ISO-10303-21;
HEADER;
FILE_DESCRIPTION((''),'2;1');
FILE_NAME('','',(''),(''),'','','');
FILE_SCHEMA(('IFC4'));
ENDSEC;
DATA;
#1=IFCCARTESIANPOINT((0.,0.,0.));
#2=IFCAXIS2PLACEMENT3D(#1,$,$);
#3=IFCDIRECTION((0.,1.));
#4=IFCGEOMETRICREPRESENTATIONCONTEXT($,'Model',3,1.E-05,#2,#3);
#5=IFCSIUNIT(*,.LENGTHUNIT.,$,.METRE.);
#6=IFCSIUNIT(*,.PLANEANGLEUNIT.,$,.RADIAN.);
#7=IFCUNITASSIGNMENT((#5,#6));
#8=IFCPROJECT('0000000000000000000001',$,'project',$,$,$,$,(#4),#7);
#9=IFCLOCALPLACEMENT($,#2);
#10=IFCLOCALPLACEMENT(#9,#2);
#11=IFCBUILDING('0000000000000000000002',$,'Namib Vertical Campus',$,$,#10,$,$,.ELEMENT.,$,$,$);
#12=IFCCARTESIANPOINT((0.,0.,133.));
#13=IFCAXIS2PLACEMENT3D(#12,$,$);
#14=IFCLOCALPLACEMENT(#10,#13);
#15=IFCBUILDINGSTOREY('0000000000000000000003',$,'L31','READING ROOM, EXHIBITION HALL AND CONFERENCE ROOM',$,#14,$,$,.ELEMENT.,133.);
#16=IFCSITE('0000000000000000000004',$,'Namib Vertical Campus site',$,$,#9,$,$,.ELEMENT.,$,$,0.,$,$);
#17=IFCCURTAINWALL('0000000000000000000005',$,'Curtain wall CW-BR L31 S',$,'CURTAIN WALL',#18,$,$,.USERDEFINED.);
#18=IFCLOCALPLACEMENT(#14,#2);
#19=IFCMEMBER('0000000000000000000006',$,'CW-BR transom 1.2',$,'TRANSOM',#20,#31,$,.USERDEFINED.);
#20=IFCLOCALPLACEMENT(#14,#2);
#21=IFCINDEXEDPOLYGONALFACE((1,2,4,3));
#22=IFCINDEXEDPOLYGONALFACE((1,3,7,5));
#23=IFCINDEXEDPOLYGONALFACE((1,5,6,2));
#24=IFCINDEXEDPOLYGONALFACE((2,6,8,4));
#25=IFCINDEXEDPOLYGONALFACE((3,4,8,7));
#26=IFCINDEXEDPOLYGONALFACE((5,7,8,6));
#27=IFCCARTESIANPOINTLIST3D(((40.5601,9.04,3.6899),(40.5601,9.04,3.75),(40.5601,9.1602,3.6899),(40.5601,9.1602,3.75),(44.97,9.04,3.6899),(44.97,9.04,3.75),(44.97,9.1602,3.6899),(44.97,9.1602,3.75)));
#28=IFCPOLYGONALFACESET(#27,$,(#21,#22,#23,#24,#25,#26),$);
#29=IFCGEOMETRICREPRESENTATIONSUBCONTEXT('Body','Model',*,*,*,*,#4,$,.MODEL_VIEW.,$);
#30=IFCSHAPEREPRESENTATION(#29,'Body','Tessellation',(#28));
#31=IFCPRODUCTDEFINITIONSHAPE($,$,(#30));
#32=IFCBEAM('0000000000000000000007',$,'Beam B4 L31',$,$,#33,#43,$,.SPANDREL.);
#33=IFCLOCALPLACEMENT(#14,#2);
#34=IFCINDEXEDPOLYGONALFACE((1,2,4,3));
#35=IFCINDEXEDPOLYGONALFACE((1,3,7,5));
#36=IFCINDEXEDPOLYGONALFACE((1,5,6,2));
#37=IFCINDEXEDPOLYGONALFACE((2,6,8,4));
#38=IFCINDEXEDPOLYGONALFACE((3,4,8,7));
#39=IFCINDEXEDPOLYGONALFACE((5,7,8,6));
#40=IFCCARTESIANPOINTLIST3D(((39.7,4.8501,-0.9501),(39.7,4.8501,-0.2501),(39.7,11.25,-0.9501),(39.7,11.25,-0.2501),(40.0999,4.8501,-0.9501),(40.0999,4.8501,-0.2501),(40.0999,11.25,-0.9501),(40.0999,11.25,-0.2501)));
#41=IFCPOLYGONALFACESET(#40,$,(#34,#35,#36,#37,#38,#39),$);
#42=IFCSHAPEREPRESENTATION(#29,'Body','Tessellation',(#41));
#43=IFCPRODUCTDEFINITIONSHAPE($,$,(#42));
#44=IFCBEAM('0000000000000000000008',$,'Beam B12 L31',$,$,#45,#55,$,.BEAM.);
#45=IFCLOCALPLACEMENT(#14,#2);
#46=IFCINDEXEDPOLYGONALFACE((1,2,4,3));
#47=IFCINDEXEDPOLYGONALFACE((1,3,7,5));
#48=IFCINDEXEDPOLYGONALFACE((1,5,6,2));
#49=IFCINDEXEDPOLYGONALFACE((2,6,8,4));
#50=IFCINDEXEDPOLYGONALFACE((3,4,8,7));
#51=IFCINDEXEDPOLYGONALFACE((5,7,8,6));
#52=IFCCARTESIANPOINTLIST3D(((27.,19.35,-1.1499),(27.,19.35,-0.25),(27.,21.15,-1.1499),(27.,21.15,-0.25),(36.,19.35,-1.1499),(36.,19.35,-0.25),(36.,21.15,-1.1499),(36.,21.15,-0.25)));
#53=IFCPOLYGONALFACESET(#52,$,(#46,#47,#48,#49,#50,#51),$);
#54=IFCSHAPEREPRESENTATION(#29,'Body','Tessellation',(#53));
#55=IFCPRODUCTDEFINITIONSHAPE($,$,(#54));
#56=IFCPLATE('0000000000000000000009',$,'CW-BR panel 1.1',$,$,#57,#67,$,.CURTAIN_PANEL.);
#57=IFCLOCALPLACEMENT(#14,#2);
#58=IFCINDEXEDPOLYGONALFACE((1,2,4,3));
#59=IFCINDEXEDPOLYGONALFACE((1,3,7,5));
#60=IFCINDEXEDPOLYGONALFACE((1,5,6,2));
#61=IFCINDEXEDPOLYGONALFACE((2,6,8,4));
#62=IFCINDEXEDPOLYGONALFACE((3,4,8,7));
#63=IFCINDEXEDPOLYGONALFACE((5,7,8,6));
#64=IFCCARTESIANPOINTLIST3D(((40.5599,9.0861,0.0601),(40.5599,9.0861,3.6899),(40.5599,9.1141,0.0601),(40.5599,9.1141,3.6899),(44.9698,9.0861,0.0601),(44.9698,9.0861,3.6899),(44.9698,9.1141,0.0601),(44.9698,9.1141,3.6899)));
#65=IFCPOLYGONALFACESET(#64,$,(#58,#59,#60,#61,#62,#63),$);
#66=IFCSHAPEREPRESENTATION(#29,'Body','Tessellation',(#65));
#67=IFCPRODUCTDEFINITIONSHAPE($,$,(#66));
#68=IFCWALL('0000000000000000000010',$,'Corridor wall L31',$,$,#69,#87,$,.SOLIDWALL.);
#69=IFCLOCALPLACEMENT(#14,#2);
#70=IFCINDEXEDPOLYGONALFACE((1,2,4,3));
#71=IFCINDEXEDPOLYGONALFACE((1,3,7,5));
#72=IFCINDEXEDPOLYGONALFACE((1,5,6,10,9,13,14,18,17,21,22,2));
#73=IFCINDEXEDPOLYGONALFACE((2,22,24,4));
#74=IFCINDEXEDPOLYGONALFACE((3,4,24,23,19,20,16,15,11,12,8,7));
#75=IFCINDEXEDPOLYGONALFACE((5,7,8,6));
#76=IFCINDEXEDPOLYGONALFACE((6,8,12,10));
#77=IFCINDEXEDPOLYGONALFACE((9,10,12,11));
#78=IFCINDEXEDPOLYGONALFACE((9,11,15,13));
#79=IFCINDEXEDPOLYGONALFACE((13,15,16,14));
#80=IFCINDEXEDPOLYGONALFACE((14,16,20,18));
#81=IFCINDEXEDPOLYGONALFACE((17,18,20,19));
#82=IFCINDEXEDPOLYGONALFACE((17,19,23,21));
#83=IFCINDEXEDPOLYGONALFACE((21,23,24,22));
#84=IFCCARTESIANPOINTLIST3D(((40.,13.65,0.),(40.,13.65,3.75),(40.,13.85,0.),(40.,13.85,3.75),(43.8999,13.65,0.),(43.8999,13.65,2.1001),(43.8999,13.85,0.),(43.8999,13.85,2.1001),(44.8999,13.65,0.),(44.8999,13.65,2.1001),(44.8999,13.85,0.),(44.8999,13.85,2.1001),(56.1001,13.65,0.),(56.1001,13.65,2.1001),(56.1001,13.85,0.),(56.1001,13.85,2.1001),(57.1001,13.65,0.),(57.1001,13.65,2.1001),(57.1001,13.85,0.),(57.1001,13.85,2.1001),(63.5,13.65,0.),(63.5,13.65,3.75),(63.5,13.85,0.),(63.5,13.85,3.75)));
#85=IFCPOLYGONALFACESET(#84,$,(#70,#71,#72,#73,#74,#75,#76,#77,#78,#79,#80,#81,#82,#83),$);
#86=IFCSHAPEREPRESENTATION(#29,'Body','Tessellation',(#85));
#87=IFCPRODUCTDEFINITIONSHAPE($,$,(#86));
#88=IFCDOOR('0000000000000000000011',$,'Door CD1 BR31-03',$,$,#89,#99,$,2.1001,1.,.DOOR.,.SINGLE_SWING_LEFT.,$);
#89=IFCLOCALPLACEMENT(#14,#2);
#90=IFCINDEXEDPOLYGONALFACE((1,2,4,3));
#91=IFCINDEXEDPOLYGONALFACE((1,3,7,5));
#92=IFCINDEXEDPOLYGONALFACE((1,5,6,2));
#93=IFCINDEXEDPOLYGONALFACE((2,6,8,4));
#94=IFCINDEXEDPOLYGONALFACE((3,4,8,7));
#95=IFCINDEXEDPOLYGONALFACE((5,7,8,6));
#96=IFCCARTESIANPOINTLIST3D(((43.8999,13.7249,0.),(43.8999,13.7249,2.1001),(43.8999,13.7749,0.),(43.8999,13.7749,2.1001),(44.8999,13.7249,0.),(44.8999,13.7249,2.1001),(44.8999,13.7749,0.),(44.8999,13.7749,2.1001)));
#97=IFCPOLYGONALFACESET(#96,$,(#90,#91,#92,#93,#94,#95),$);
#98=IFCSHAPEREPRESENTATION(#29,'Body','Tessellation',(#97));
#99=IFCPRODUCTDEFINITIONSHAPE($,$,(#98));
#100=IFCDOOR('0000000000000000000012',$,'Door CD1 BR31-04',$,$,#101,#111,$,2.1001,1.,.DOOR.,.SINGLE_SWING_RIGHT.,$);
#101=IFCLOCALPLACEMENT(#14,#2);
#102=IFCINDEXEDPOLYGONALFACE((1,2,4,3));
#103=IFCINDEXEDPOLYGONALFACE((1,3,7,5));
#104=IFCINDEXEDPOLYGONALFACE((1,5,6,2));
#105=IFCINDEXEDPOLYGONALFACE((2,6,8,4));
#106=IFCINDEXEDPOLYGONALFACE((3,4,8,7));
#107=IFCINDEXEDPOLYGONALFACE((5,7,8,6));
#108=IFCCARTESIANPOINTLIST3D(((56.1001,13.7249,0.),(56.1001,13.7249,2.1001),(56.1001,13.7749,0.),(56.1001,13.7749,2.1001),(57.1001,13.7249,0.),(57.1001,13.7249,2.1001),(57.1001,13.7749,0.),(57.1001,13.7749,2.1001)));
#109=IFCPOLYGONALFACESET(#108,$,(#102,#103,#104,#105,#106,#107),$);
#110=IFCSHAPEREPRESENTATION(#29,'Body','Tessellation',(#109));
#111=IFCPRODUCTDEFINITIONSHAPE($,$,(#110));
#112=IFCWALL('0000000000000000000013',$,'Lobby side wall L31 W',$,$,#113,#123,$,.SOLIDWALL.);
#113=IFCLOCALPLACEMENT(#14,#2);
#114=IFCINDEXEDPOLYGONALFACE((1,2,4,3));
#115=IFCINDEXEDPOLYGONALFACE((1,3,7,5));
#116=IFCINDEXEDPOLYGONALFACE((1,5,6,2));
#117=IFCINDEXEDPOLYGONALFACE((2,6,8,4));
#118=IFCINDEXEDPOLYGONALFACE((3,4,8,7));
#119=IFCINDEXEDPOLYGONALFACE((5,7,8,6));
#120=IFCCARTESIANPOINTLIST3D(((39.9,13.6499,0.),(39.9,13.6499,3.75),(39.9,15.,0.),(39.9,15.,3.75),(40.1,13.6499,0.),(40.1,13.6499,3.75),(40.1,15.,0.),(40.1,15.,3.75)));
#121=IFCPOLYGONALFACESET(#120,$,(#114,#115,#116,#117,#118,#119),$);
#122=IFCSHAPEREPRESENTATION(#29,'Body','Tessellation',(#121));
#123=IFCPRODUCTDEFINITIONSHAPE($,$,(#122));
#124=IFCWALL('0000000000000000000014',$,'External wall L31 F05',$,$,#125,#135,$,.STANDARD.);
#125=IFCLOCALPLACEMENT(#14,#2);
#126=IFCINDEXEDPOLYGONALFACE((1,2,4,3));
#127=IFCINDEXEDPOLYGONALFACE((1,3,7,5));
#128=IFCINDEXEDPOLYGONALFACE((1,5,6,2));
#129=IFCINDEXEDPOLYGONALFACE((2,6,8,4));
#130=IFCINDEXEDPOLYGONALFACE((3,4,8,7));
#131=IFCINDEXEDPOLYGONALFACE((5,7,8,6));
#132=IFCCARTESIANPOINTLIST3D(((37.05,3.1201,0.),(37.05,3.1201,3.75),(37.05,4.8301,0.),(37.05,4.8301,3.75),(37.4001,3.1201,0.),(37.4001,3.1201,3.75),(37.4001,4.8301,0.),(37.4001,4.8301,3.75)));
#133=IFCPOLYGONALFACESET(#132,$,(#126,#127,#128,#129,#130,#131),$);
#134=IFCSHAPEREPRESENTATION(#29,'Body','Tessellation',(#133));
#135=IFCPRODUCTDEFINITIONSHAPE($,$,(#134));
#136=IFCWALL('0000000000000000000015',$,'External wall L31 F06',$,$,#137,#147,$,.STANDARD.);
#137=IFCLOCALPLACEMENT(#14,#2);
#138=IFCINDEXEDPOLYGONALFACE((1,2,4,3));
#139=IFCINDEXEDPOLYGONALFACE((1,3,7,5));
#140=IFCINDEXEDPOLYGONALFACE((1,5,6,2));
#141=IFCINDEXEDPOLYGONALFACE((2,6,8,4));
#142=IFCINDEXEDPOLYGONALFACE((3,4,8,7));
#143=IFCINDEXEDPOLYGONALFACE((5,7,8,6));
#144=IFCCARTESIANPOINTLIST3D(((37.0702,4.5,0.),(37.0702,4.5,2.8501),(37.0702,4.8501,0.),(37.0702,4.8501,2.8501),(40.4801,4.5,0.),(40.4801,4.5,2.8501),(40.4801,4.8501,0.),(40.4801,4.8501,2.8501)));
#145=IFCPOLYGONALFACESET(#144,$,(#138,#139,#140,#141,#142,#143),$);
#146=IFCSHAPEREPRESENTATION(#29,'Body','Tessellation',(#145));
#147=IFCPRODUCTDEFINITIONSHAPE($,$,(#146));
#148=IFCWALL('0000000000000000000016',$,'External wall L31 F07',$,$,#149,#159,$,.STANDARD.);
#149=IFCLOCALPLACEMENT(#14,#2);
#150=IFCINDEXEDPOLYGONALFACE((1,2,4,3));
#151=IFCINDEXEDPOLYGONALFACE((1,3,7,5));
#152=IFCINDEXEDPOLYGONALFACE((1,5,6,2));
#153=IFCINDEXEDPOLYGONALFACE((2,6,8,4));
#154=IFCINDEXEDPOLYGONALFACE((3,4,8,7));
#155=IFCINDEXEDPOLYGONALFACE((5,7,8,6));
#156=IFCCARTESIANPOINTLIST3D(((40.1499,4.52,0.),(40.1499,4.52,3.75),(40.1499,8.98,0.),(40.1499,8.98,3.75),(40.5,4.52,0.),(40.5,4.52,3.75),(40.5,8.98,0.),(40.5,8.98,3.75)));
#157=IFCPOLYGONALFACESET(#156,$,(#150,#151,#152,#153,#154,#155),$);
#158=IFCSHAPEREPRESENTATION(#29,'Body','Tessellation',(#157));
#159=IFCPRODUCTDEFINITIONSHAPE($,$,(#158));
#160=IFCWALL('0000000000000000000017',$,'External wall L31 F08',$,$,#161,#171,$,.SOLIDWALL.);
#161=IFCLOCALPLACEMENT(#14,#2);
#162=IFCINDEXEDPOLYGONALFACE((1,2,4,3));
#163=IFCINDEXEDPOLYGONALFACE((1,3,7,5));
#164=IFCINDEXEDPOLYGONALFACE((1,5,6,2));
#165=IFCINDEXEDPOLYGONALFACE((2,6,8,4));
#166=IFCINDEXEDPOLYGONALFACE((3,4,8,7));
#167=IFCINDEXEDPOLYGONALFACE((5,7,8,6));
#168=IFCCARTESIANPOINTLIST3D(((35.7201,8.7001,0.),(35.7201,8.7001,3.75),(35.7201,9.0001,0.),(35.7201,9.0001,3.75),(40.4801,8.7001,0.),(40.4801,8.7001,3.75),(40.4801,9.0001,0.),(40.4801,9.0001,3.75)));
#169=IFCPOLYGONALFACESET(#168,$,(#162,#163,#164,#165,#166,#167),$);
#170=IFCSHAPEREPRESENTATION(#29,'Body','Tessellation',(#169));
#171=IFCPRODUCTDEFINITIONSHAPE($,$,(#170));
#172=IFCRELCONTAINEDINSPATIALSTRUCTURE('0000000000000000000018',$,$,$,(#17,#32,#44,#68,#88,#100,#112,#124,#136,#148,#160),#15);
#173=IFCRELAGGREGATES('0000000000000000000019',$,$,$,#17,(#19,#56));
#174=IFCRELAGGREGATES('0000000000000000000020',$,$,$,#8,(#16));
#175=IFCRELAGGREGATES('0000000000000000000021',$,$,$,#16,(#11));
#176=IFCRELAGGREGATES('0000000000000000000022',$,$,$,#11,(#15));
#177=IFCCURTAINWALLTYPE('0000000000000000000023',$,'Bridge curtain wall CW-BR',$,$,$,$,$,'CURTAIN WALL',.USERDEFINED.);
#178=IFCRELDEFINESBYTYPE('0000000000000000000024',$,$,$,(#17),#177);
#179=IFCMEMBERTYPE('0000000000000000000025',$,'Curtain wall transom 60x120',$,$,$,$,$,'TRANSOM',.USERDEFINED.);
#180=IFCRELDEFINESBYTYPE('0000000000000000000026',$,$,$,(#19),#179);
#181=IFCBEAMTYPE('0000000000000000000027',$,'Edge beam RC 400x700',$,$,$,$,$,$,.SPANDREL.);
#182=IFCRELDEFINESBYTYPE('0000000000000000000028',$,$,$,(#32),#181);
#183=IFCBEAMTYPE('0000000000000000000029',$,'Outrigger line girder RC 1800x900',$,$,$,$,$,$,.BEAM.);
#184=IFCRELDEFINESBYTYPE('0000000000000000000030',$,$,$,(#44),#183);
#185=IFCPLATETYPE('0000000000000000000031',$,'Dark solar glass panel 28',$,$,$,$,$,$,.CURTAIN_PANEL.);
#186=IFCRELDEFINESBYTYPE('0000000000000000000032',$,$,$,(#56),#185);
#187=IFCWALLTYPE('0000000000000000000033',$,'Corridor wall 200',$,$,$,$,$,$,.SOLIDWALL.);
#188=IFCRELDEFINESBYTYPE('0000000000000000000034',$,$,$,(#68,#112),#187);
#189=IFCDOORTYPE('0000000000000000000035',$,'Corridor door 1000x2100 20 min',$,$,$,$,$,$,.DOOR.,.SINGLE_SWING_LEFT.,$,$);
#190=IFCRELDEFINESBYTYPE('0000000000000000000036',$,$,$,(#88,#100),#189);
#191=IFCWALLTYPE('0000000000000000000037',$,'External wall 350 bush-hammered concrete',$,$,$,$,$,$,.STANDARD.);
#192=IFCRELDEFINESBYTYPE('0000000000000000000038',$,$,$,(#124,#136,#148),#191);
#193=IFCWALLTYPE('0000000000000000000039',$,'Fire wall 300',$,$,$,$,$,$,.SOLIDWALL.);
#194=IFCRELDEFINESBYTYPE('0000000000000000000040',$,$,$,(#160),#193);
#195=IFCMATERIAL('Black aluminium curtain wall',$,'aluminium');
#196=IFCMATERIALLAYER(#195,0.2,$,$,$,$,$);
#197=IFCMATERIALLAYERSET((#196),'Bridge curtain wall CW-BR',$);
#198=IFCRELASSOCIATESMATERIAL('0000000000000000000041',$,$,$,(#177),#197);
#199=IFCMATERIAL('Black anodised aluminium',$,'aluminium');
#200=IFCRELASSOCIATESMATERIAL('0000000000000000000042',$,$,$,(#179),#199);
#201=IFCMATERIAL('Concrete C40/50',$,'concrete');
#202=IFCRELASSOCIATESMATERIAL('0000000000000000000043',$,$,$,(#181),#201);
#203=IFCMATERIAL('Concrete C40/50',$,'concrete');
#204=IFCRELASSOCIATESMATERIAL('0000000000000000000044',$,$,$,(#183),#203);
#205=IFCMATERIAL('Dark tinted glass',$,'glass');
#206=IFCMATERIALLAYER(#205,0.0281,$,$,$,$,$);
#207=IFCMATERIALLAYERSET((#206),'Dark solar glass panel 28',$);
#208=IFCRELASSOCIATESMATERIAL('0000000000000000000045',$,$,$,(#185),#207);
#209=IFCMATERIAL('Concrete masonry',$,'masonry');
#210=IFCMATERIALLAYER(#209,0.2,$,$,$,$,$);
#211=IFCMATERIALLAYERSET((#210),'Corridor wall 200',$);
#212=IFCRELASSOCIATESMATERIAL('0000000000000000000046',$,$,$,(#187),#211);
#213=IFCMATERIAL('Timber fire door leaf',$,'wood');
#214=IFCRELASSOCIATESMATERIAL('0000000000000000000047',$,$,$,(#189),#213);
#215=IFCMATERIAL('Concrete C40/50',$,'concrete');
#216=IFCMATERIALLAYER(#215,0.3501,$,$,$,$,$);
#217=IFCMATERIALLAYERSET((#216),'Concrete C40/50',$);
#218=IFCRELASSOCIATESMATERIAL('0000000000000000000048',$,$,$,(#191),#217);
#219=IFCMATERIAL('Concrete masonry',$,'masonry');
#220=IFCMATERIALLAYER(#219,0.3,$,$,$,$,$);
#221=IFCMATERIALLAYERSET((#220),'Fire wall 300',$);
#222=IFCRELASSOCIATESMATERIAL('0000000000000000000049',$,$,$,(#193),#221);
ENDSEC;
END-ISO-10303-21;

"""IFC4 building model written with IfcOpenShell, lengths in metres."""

from ifc_helpers import new_model, si_unit, direction, frame, frame_2d, origin, origin_2d, place, context, subcontext, project, spatial, rectangle, extrude, material, layer, layer_set, material_profile, profile_set, type_object, element, fill, aggregate, save


model = new_model("IFC4")

# Units and contexts
model_context = context("Model", 3, precision=1e-05, world=origin(), true_north=direction((0.0, 1.0)))
body_context = subcontext(model_context, "Body", "Model", "MODEL_VIEW")
ifc_project = project(units=[si_unit("LENGTHUNIT", "METRE"), si_unit("PLANEANGLEUNIT", "RADIAN")], contexts=[model_context])

# Site, building, storey
site_placement = place(None, origin())
site = spatial("IfcSite", under=ifc_project, at=site_placement, Name="Namib Vertical Campus site", CompositionType="ELEMENT", RefElevation=0.0)
building_placement = place(site_placement, origin())
building = spatial("IfcBuilding", under=site, at=building_placement, Name="Namib Vertical Campus", CompositionType="ELEMENT")
storey_placement = place(building_placement, frame((0.0, 0.0, 133.0)))
storey = spatial("IfcBuildingStorey", under=building, at=storey_placement, Name="L31", Description="READING ROOM, EXHIBITION HALL AND CONFERENCE ROOM", CompositionType="ELEMENT", Elevation=133.0)

# Curtain wall, member
ifc_material_1 = material(Name="Black aluminium curtain wall", Category="aluminium")
ifc_layer_1 = layer(ifc_material_1, 0.2)
ifc_layer_set_1 = layer_set([ifc_layer_1], Name="Bridge curtain wall CW-BR")
curtain_wall_type = type_object("IfcCurtainWallType", Name="Bridge curtain wall CW-BR", ElementType="CURTAIN WALL", PredefinedType="USERDEFINED", material=ifc_layer_set_1)
curtain_wall_placement = place(storey_placement, origin())
curtain_wall = element("IfcCurtainWall", 1, at=curtain_wall_placement, inside=storey, type_object=curtain_wall_type, Name="Curtain wall CW-BR L31 S", ObjectType="CURTAIN WALL", PredefinedType="USERDEFINED")
ifc_material_2 = material(Name="Black anodised aluminium", Category="aluminium")
ifc_material_profile_1 = material_profile(ifc_material_2, rectangle(XDim=0.0601, YDim=0.1201, at=origin_2d()))
ifc_profile_set_1 = profile_set([ifc_material_profile_1], Name="Black anodised aluminium")
member_type_1 = type_object("IfcMemberType", Name="Curtain wall transom 60x120", ElementType="TRANSOM", PredefinedType="USERDEFINED", material=ifc_profile_set_1)
member_1_placement = place(storey_placement, frame((40.5601, 9.1001, 3.72), z_axis=(1.0, 0.0, 0.0), x_axis=(0.0, 0.0, 1.0)))
member_1 = element("IfcMember", 2, at=member_1_placement, type_object=member_type_1, Name="CW-BR transom 1.2", ObjectType="TRANSOM", PredefinedType="USERDEFINED", context=body_context, shape_type="SweptSolid", body=[
    extrude(rectangle(XDim=0.0601, YDim=0.1201, at=origin_2d()), origin(), (0.0, 0.0, 1.0), 4.4099),
])

# Beams
ifc_material_3 = material(Name="Concrete C40/50", Category="concrete")
ifc_material_profile_2 = material_profile(ifc_material_3, rectangle(XDim=0.3999, YDim=0.7, at=origin_2d()))
ifc_profile_set_2 = profile_set([ifc_material_profile_2], Name="Concrete C40/50")
beam_type_1 = type_object("IfcBeamType", Name="Edge beam RC 400x700", PredefinedType="SPANDREL", material=ifc_profile_set_2)
beam_1_placement = place(storey_placement, frame((39.8999, 4.8501, -0.6001), z_axis=(0.0, 1.0, 0.0), x_axis=(-1.0, 0.0, 0.0)))
element("IfcBeam", 3, at=beam_1_placement, inside=storey, type_object=beam_type_1, Name="Beam B4 L31", PredefinedType="SPANDREL", context=body_context, shape_type="SweptSolid", body=[
    extrude(rectangle(XDim=0.3999, YDim=0.7, at=origin_2d()), origin(), (0.0, 0.0, 1.0), 6.3999),
])
ifc_material_4 = material(Name="Concrete C40/50", Category="concrete")
ifc_material_profile_3 = material_profile(ifc_material_4, rectangle(XDim=1.8, YDim=0.8999, at=origin_2d()))
ifc_profile_set_3 = profile_set([ifc_material_profile_3], Name="Concrete C40/50")
beam_type_2 = type_object("IfcBeamType", Name="Outrigger line girder RC 1800x900", PredefinedType="BEAM", material=ifc_profile_set_3)
beam_2_placement = place(storey_placement, frame((36.0, 20.25, -0.7), z_axis=(-1.0, 0.0, 0.0), x_axis=(0.0, -1.0, 0.0)))
element("IfcBeam", 4, at=beam_2_placement, inside=storey, type_object=beam_type_2, Name="Beam B12 L31", PredefinedType="BEAM", context=body_context, shape_type="SweptSolid", body=[
    extrude(rectangle(XDim=1.8, YDim=0.8999, at=origin_2d()), origin(), (0.0, 0.0, 1.0), 9.0),
])

# Plate
ifc_material_5 = material(Name="Dark tinted glass", Category="glass")
ifc_layer_2 = layer(ifc_material_5, 0.0281)
ifc_layer_set_2 = layer_set([ifc_layer_2], Name="Dark solar glass panel 28")
plate_type = type_object("IfcPlateType", Name="Dark solar glass panel 28", PredefinedType="CURTAIN_PANEL", material=ifc_layer_set_2)
plate_placement = place(storey_placement, frame((42.7649, 9.1001, 0.0601), z_axis=(0.0, 0.0, 1.0), x_axis=(1.0, 0.0, 0.0)))
plate = element("IfcPlate", 5, at=plate_placement, type_object=plate_type, Name="CW-BR panel 1.1", PredefinedType="CURTAIN_PANEL", context=body_context, shape_type="SweptSolid", body=[
    extrude(rectangle(XDim=4.4099, YDim=0.0281, at=origin_2d()), origin(), (0.0, 0.0, 1.0), 3.6299),
])
aggregate(curtain_wall, [member_1, plate])

# Wall, openings, doors
ifc_material_6 = material(Name="Concrete masonry", Category="masonry")
ifc_layer_3 = layer(ifc_material_6, 0.2)
ifc_layer_set_3 = layer_set([ifc_layer_3], Name="Corridor wall 200")
wall_type_1 = type_object("IfcWallType", Name="Corridor wall 200", PredefinedType="SOLIDWALL", material=ifc_layer_set_3)
wall_1_placement = place(storey_placement, frame((40.0, 13.75, 0.0), z_axis=(0.0, 0.0, 1.0), x_axis=(1.0, 0.0, 0.0)))
wall_1 = element("IfcWall", 6, at=wall_1_placement, inside=storey, type_object=wall_type_1, Name="Corridor wall L31", PredefinedType="SOLIDWALL", context=body_context, shape_type="SweptSolid", body=[
    extrude(rectangle(XDim=23.5, YDim=0.2, at=frame_2d((11.75, 0.0))), origin(), (0.0, 0.0, 1.0), 3.75),
])
opening_1_placement = place(wall_1_placement, frame((3.8999, 0.0, 0.0)))
opening_1 = element("IfcOpeningElement", 7, at=opening_1_placement, cuts=wall_1, PredefinedType="OPENING", context=body_context, shape_type="SweptSolid", body=[
    extrude(rectangle(XDim=1.0, YDim=2.1001, at=frame_2d((0.5, 1.05))), frame((0.0, 0.1099, 0.0), z_axis=(0.0, -1.0, 0.0), x_axis=(1.0, 0.0, 0.0)), (0.0, 0.0, 1.0), 0.22),
])
opening_2_placement = place(wall_1_placement, frame((16.1001, 0.0, 0.0)))
opening_2 = element("IfcOpeningElement", 8, at=opening_2_placement, cuts=wall_1, PredefinedType="OPENING", context=body_context, shape_type="SweptSolid", body=[
    extrude(rectangle(XDim=1.0, YDim=2.1001, at=frame_2d((0.5, 1.05))), frame((0.0, 0.1099, 0.0), z_axis=(0.0, -1.0, 0.0), x_axis=(1.0, 0.0, 0.0)), (0.0, 0.0, 1.0), 0.22),
])
ifc_material_7 = material(Name="Timber fire door leaf", Category="wood")
door_type = type_object("IfcDoorType", Name="Corridor door 1000x2100 20 min", OperationType="SINGLE_SWING_LEFT", PredefinedType="DOOR", material=ifc_material_7)
door_1_placement = place(opening_1_placement, origin())
door_1 = element("IfcDoor", 9, at=door_1_placement, inside=storey, type_object=door_type, Name="Door CD1 BR31-03", OperationType="SINGLE_SWING_LEFT", OverallHeight=2.1001, OverallWidth=1.0, PredefinedType="DOOR", context=body_context, shape_type="SweptSolid", body=[
    extrude(rectangle(XDim=1.0, YDim=2.1001, at=frame_2d((0.5, 1.05))), frame((0.0, 0.0249, 0.0), z_axis=(0.0, -1.0, 0.0), x_axis=(1.0, 0.0, 0.0)), (0.0, 0.0, 1.0), 0.05),
])
fill(opening_1, door_1)
door_2_placement = place(opening_2_placement, origin())
door_2 = element("IfcDoor", 10, at=door_2_placement, inside=storey, type_object=door_type, Name="Door CD1 BR31-04", OperationType="SINGLE_SWING_RIGHT", OverallHeight=2.1001, OverallWidth=1.0, PredefinedType="DOOR", context=body_context, shape_type="SweptSolid", body=[
    extrude(rectangle(XDim=1.0, YDim=2.1001, at=frame_2d((0.5, 1.05))), frame((0.0, 0.0249, 0.0), z_axis=(0.0, -1.0, 0.0), x_axis=(1.0, 0.0, 0.0)), (0.0, 0.0, 1.0), 0.05),
])
fill(opening_2, door_2)

# Walls
wall_2_placement = place(storey_placement, frame((40.0, 13.6499, 0.0), z_axis=(0.0, 0.0, 1.0), x_axis=(0.0, 1.0, 0.0)))
element("IfcWall", 11, at=wall_2_placement, inside=storey, type_object=wall_type_1, Name="Lobby side wall L31 W", PredefinedType="SOLIDWALL", context=body_context, shape_type="SweptSolid", body=[
    extrude(rectangle(XDim=1.3501, YDim=0.2, at=frame_2d((0.675, 0.0))), origin(), (0.0, 0.0, 1.0), 3.75),
])
ifc_material_8 = material(Name="Concrete C40/50", Category="concrete")
ifc_layer_4 = layer(ifc_material_8, 0.3501)
ifc_layer_set_4 = layer_set([ifc_layer_4], Name="Concrete C40/50")
wall_type_2 = type_object("IfcWallType", Name="External wall 350 bush-hammered concrete", PredefinedType="STANDARD", material=ifc_layer_set_4)
wall_3_placement = place(storey_placement, frame((37.2251, 3.1201, 0.0), z_axis=(0.0, 0.0, 1.0), x_axis=(0.0, 1.0, 0.0)))
element("IfcWall", 12, at=wall_3_placement, inside=storey, type_object=wall_type_2, Name="External wall L31 F05", PredefinedType="STANDARD", context=body_context, shape_type="SweptSolid", body=[
    extrude(rectangle(XDim=1.71, YDim=0.3501, at=frame_2d((0.855, 0.0))), origin(), (0.0, 0.0, 1.0), 3.75),
])
wall_4_placement = place(storey_placement, frame((37.0701, 4.675, 0.0), z_axis=(0.0, 0.0, 1.0), x_axis=(1.0, 0.0, 0.0)))
element("IfcWall", 13, at=wall_4_placement, inside=storey, type_object=wall_type_2, Name="External wall L31 F06", PredefinedType="STANDARD", context=body_context, shape_type="SweptSolid", body=[
    extrude(rectangle(XDim=3.4099, YDim=0.3501, at=frame_2d((1.7051, 0.0))), origin(), (0.0, 0.0, 1.0), 2.8501),
])
wall_5_placement = place(storey_placement, frame((40.325, 4.52, 0.0), z_axis=(0.0, 0.0, 1.0), x_axis=(0.0, 1.0, 0.0)))
element("IfcWall", 14, at=wall_5_placement, inside=storey, type_object=wall_type_2, Name="External wall L31 F07", PredefinedType="STANDARD", context=body_context, shape_type="SweptSolid", body=[
    extrude(rectangle(XDim=4.46, YDim=0.3501, at=frame_2d((2.23, 0.0))), origin(), (0.0, 0.0, 1.0), 3.75),
])
ifc_material_9 = material(Name="Concrete masonry", Category="masonry")
ifc_layer_5 = layer(ifc_material_9, 0.3)
ifc_layer_set_5 = layer_set([ifc_layer_5], Name="Fire wall 300")
wall_type_3 = type_object("IfcWallType", Name="Fire wall 300", PredefinedType="SOLIDWALL", material=ifc_layer_set_5)
wall_6_placement = place(storey_placement, frame((40.48, 8.8501, 0.0), z_axis=(0.0, 0.0, 1.0), x_axis=(-1.0, 0.0, 0.0)))
element("IfcWall", 15, at=wall_6_placement, inside=storey, type_object=wall_type_3, Name="External wall L31 F08", PredefinedType="SOLIDWALL", context=body_context, shape_type="SweptSolid", body=[
    extrude(rectangle(XDim=4.76, YDim=0.3, at=frame_2d((2.3799, 0.0))), origin(), (0.0, 0.0, 1.0), 3.75),
])

save(model, "model.ifc")
